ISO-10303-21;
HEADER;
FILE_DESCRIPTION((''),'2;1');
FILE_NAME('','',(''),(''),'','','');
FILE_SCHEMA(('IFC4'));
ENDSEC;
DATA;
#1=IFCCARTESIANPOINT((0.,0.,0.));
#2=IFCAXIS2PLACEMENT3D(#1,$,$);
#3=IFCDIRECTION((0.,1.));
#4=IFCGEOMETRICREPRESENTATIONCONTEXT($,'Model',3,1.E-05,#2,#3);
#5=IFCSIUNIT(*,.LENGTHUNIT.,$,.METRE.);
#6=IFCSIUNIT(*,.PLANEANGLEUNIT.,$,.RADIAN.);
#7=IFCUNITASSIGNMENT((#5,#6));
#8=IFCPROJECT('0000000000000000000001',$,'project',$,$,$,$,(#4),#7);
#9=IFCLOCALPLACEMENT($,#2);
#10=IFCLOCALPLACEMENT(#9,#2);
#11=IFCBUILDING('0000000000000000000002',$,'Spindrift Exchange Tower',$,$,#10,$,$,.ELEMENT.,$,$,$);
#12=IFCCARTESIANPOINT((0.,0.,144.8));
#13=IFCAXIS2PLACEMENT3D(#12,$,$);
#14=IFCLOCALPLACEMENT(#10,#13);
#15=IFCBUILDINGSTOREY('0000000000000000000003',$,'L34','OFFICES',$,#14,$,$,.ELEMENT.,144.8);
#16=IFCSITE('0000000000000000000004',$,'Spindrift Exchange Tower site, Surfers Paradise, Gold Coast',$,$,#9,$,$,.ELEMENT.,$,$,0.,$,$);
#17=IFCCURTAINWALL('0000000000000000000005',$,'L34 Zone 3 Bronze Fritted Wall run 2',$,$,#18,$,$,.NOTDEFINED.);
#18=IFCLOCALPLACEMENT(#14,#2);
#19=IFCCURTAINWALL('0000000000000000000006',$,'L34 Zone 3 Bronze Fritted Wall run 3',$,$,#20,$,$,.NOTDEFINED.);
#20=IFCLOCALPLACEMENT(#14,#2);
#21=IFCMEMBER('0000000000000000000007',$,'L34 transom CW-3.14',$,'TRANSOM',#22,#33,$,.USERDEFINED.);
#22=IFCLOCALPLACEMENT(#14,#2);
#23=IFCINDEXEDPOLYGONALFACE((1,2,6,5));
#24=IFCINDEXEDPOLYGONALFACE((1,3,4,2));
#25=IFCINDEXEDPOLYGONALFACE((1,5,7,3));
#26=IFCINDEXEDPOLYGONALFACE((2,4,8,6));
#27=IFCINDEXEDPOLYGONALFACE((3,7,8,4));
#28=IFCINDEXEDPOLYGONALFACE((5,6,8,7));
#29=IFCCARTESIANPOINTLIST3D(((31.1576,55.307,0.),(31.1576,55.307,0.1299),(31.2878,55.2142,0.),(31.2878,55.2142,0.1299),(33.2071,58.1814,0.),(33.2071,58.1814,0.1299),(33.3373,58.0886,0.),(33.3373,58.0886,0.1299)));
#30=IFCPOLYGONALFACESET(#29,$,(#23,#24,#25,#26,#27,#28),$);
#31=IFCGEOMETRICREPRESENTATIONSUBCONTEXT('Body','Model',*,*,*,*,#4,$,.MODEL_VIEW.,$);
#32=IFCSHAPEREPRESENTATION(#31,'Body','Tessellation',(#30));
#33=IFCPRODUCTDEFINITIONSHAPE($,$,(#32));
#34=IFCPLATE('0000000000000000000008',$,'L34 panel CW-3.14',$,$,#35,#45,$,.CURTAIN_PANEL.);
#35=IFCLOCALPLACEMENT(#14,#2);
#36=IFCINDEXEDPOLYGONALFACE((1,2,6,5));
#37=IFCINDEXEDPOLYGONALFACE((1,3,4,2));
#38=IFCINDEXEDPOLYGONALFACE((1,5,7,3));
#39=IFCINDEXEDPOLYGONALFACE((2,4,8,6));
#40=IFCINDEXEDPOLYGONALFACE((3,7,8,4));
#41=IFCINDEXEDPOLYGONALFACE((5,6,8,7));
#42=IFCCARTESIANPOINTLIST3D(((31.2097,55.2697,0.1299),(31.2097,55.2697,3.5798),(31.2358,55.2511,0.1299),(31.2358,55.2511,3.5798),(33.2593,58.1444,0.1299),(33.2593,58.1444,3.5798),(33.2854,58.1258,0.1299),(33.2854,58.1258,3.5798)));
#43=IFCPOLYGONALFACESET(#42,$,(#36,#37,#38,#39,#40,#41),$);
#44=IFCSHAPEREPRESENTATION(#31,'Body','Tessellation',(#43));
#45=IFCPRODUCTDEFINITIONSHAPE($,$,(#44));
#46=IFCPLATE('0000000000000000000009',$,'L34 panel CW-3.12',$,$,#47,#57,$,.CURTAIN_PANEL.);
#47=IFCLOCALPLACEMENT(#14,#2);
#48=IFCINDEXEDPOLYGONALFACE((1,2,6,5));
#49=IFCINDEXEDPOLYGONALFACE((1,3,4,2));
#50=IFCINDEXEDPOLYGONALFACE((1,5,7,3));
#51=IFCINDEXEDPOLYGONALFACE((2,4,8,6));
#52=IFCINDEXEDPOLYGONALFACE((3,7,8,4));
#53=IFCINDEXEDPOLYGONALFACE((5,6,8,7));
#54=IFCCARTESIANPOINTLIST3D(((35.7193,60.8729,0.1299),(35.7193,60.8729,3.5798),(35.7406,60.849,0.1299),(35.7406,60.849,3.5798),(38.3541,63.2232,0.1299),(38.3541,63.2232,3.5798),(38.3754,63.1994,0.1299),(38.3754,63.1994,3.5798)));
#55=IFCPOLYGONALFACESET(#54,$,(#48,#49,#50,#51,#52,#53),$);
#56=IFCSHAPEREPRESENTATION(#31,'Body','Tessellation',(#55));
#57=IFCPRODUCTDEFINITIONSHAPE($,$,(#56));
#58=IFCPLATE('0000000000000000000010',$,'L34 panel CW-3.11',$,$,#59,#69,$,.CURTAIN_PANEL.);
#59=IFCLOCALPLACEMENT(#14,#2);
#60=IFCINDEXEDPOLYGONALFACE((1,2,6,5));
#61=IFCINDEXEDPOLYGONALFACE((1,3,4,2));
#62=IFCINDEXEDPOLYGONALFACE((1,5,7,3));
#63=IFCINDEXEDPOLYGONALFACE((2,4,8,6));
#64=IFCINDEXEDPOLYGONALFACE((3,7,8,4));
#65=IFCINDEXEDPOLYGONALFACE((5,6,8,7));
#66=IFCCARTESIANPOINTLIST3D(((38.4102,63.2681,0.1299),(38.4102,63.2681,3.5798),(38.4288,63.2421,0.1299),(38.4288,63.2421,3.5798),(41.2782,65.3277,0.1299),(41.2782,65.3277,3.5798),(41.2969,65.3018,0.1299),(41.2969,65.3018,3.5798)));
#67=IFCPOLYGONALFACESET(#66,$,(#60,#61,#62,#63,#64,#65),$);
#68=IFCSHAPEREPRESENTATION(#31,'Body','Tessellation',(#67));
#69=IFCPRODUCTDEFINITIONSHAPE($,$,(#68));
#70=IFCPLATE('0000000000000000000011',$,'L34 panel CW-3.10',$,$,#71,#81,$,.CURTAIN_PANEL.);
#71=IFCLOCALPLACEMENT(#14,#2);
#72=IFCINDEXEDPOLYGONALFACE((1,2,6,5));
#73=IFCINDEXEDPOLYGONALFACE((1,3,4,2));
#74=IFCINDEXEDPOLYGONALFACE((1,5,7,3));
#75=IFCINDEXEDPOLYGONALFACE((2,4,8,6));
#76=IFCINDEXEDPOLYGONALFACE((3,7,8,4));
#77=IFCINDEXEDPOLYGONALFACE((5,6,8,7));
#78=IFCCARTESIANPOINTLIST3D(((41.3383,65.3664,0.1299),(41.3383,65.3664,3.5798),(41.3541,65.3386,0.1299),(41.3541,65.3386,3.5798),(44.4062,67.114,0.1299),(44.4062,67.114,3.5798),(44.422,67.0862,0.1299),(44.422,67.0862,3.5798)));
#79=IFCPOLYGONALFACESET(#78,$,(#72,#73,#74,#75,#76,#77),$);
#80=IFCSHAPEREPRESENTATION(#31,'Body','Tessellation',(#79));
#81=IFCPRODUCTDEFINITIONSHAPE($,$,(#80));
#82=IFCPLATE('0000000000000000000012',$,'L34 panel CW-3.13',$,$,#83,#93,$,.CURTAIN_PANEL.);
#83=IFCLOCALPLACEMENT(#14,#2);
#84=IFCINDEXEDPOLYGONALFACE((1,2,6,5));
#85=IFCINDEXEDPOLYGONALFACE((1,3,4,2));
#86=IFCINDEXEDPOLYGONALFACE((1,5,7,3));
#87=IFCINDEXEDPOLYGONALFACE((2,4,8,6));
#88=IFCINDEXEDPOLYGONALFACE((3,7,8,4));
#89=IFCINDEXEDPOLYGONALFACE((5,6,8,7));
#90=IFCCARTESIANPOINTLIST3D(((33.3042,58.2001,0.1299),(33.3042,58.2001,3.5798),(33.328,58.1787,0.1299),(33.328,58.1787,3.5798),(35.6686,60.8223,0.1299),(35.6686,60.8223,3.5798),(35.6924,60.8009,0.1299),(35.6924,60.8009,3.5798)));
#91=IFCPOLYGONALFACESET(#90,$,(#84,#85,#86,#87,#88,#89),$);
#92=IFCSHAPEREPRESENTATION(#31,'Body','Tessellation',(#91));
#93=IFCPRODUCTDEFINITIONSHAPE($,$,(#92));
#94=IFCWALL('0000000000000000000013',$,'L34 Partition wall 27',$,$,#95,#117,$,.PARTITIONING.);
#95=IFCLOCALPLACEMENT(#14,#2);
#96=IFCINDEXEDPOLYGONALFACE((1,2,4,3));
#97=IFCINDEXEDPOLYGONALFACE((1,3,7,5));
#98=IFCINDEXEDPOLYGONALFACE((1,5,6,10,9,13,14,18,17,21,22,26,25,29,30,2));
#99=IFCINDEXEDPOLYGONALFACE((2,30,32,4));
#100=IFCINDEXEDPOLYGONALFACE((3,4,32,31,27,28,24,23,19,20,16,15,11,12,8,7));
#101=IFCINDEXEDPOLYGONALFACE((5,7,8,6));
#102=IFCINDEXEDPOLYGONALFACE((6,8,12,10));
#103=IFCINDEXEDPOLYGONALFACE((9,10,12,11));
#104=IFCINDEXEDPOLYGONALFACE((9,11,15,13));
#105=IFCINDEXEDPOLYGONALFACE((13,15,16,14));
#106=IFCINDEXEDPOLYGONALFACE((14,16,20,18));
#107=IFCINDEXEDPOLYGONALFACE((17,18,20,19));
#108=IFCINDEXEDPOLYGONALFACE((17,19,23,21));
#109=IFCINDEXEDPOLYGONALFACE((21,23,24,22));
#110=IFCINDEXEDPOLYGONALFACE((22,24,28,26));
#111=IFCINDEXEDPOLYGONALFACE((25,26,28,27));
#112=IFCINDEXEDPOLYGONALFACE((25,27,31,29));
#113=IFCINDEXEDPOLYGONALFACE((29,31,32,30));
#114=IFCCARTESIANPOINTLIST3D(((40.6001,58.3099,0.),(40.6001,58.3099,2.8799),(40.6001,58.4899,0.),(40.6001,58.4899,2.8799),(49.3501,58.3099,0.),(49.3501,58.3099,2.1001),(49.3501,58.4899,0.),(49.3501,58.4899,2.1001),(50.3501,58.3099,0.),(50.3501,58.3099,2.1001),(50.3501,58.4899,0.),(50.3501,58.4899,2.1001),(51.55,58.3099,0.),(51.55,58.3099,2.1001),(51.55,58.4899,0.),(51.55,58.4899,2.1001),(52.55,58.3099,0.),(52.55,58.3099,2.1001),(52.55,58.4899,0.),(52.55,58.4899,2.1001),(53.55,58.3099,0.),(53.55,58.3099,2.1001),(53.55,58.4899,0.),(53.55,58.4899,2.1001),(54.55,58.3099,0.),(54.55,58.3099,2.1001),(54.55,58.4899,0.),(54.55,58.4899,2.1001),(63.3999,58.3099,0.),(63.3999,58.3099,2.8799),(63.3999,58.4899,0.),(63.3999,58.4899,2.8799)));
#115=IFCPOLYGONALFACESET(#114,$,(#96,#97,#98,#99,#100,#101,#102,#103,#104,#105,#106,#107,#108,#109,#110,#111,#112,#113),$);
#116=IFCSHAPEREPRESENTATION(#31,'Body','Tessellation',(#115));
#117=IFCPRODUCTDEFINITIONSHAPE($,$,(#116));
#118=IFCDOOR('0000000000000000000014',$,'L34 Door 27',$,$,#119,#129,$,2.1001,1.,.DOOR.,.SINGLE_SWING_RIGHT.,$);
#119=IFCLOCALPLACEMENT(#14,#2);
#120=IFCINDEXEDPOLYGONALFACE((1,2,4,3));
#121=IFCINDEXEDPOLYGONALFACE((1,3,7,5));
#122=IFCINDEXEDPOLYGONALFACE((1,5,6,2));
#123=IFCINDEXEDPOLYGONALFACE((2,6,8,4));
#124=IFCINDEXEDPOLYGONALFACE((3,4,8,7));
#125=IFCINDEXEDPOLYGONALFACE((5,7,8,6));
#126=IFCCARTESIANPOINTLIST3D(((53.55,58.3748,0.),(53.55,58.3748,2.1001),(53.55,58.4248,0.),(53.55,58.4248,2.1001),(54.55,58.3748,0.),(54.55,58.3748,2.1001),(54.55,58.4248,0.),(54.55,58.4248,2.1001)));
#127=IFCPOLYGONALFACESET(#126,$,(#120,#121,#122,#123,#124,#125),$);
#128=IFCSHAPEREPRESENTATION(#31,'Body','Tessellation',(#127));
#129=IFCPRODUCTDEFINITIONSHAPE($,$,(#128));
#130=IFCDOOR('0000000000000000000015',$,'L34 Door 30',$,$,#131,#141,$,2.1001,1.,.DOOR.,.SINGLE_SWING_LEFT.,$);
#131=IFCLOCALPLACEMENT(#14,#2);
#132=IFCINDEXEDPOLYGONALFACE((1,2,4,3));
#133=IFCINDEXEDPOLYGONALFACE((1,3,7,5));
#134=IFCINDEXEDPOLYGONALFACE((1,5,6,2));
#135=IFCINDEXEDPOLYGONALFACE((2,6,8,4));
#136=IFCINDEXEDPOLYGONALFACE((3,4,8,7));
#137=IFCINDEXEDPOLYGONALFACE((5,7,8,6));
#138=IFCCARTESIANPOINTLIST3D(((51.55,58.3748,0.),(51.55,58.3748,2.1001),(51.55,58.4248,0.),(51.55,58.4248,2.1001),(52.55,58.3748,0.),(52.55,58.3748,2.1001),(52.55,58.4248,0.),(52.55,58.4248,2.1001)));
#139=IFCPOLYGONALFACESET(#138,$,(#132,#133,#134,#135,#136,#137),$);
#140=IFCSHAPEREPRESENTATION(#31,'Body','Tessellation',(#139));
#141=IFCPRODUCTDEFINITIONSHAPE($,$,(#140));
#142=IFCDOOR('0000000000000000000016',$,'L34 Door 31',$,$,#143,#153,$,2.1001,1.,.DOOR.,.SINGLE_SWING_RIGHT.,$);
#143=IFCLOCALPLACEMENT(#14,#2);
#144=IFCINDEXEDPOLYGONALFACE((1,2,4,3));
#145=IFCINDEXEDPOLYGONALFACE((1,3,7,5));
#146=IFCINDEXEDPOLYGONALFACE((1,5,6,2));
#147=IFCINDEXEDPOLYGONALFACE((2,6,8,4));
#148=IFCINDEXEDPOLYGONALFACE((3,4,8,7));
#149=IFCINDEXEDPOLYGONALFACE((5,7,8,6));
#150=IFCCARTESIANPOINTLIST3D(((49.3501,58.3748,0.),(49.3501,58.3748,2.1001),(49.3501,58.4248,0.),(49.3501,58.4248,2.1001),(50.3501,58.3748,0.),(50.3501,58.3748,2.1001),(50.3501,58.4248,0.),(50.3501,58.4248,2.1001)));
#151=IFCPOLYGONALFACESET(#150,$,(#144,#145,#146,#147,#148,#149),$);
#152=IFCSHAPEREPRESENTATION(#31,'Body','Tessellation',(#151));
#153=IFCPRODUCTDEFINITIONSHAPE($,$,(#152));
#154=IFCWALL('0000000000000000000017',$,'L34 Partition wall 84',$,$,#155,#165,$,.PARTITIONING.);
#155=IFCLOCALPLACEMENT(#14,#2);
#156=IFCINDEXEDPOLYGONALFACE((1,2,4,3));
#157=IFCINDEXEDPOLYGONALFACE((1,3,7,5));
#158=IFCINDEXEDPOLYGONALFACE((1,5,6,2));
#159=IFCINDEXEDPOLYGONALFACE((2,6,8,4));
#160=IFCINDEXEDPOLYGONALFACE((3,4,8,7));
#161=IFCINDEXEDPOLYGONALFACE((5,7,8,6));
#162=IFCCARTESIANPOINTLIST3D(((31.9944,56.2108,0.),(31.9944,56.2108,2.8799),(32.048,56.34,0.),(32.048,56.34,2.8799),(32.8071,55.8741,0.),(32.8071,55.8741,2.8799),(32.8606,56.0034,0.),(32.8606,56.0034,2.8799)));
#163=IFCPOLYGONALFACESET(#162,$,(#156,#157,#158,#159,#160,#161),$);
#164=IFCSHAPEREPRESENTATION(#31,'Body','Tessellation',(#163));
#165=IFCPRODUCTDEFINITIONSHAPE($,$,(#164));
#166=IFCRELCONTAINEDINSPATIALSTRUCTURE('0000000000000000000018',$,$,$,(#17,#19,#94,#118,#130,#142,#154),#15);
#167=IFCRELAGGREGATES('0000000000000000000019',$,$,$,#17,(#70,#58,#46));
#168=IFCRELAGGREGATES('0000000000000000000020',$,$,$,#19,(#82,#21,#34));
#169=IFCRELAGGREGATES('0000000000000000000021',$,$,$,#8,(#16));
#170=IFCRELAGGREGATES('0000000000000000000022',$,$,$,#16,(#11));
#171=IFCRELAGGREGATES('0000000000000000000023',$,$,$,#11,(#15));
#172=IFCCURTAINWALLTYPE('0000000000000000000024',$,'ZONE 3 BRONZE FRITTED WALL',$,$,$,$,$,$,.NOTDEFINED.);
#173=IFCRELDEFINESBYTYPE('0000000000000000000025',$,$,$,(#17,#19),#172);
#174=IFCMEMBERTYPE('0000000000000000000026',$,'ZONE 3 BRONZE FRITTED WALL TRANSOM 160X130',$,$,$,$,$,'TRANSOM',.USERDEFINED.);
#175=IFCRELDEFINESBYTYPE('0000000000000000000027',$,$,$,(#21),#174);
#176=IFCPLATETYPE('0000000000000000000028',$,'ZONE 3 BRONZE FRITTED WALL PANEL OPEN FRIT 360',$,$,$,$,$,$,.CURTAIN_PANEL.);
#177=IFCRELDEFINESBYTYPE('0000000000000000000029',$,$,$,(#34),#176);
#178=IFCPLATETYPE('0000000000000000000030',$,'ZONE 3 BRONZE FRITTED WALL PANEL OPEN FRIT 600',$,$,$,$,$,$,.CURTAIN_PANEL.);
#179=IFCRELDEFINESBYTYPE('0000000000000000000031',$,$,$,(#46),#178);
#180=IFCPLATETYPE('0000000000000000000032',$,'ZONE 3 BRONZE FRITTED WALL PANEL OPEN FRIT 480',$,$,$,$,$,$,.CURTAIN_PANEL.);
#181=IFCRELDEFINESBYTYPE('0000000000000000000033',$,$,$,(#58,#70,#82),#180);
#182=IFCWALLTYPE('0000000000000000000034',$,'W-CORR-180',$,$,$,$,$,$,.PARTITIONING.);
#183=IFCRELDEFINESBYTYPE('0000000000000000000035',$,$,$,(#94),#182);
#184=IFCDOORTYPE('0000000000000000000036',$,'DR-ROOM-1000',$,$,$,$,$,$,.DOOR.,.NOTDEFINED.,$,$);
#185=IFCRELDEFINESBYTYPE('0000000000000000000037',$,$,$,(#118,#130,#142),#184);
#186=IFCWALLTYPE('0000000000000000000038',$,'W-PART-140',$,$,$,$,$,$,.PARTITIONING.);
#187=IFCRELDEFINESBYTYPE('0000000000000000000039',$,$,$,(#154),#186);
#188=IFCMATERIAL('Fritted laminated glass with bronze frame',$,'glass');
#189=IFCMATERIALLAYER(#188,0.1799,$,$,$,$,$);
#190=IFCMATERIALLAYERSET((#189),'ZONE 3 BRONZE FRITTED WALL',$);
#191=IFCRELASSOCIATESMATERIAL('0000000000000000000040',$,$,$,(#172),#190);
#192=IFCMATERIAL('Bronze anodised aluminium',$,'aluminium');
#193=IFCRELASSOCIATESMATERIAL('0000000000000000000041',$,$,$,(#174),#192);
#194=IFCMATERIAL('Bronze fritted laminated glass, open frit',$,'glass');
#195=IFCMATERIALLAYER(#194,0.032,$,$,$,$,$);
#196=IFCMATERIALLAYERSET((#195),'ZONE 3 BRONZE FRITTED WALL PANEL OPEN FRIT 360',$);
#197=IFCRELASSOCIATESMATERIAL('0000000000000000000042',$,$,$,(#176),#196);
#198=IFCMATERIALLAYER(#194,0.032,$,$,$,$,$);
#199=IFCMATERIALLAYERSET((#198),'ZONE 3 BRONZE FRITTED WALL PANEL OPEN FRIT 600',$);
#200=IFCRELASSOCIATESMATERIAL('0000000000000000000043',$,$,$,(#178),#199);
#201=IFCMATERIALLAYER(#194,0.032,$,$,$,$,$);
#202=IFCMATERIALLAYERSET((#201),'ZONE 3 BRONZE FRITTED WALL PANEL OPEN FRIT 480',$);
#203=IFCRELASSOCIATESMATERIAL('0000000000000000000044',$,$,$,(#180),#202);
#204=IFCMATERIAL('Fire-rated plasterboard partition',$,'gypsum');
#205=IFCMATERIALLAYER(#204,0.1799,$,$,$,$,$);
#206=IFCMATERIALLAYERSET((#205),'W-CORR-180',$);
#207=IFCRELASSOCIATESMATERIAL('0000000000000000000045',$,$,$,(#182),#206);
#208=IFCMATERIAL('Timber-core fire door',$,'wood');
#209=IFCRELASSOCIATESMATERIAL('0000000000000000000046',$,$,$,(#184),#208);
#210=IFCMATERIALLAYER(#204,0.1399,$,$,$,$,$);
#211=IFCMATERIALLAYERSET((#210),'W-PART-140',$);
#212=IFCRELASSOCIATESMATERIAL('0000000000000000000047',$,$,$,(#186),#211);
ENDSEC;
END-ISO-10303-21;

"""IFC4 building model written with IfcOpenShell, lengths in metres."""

from ifc_helpers import new_model, si_unit, direction, frame, frame_2d, origin, origin_2d, place, context, subcontext, project, spatial, rectangle, extrude, source, transform, mapped, material, layer, layer_set, material_profile, profile_set, type_object, element, fill, aggregate, save


model = new_model("IFC4")

# Units and contexts
model_context = context("Model", 3, precision=1e-05, world=origin(), true_north=direction((0.0, 1.0)))
body_context = subcontext(model_context, "Body", "Model", "MODEL_VIEW")
ifc_project = project(units=[si_unit("LENGTHUNIT", "METRE"), si_unit("PLANEANGLEUNIT", "RADIAN")], contexts=[model_context])

# Site, building, storey
site_placement = place(None, origin())
site = spatial("IfcSite", under=ifc_project, at=site_placement, Name="Spindrift Exchange Tower site, Surfers Paradise, Gold Coast", CompositionType="ELEMENT", RefElevation=0.0)
building_placement = place(site_placement, origin())
building = spatial("IfcBuilding", under=site, at=building_placement, Name="Spindrift Exchange Tower", CompositionType="ELEMENT")
storey_placement = place(building_placement, frame((0.0, 0.0, 144.8)))
storey = spatial("IfcBuildingStorey", under=building, at=storey_placement, Name="L34", Description="OFFICES", CompositionType="ELEMENT", Elevation=144.8)

# Curtain walls
ifc_material_1 = material(Name="Fritted laminated glass with bronze frame", Category="glass")
ifc_layer_1 = layer(ifc_material_1, 0.1799)
ifc_layer_set_1 = layer_set([ifc_layer_1], Name="ZONE 3 BRONZE FRITTED WALL")
curtain_wall_type = type_object("IfcCurtainWallType", Name="ZONE 3 BRONZE FRITTED WALL", PredefinedType="NOTDEFINED", material=ifc_layer_set_1)
curtain_wall_1_placement = place(storey_placement, origin())
curtain_wall_1 = element("IfcCurtainWall", 1, at=curtain_wall_1_placement, inside=storey, type_object=curtain_wall_type, Name="L34 Zone 3 Bronze Fritted Wall run 2", PredefinedType="NOTDEFINED")
ifc_material_2 = material(Name="Bronze anodised aluminium", Category="aluminium")
curtain_wall_2_placement = place(storey_placement, origin())
curtain_wall_2 = element("IfcCurtainWall", 2, at=curtain_wall_2_placement, inside=storey, type_object=curtain_wall_type, Name="L34 Zone 3 Bronze Fritted Wall run 3", PredefinedType="NOTDEFINED")

# Member
ifc_material_profile_1 = material_profile(ifc_material_2, rectangle(XDim=0.1599, YDim=0.1299, at=origin_2d()), Name="ZONE 3 BRONZE FRITTED WALL TRANSOM 160X130")
ifc_profile_set_1 = profile_set([ifc_material_profile_1], Name="Bronze anodised aluminium")
member_type_1 = type_object("IfcMemberType", Name="ZONE 3 BRONZE FRITTED WALL TRANSOM 160X130", ElementType="TRANSOM", PredefinedType="USERDEFINED", material=ifc_profile_set_1)
shared_shape_1 = source(origin(), body_context, "Body", "SweptSolid", [
    extrude(rectangle(XDim=0.1599, YDim=0.1299, at=origin_2d()), origin(), (0.0, 0.0, 1.0), 3.5303),
])
member_1_placement = place(storey_placement, frame((33.2722, 58.135, 0.0649), z_axis=(-0.580551, -0.814224, 0.0), x_axis=(0.814224, -0.580551, 0.0)))
member_1 = element("IfcMember", 3, at=member_1_placement, type_object=member_type_1, Name="L34 transom CW-3.14", ObjectType="TRANSOM", PredefinedType="USERDEFINED", context=body_context, shape_type="MappedRepresentation", body=[
    mapped(shared_shape_1, transform((0.0, 0.0, 0.0), scale=1.0)),
])

# Plates
ifc_material_3 = material(Name="Bronze fritted laminated glass, open frit", Category="glass")
ifc_layer_2 = layer(ifc_material_3, 0.032)
ifc_layer_set_2 = layer_set([ifc_layer_2], Name="ZONE 3 BRONZE FRITTED WALL PANEL OPEN FRIT 360")
plate_type_1 = type_object("IfcPlateType", Name="ZONE 3 BRONZE FRITTED WALL PANEL OPEN FRIT 360", PredefinedType="CURTAIN_PANEL", material=ifc_layer_set_2)
shared_shape_2 = source(origin(), body_context, "Body", "SweptSolid", [
    extrude(rectangle(XDim=3.5305, YDim=0.032, at=origin_2d()), origin(), (0.0, 0.0, 1.0), 3.45),
])
plate_1_placement = place(storey_placement, frame((32.2476, 56.6978, 0.1299), z_axis=(0.0, 0.0, 1.0), x_axis=(-0.58054, -0.814232, 0.0)))
plate_1 = element("IfcPlate", 4, at=plate_1_placement, type_object=plate_type_1, Name="L34 panel CW-3.14", PredefinedType="CURTAIN_PANEL", context=body_context, shape_type="MappedRepresentation", body=[
    mapped(shared_shape_2, transform((0.0, 0.0, 0.0), scale=1.0)),
])
ifc_layer_3 = layer(ifc_material_3, 0.032)
ifc_layer_set_3 = layer_set([ifc_layer_3], Name="ZONE 3 BRONZE FRITTED WALL PANEL OPEN FRIT 600")
plate_type_2 = type_object("IfcPlateType", Name="ZONE 3 BRONZE FRITTED WALL PANEL OPEN FRIT 600", PredefinedType="CURTAIN_PANEL", material=ifc_layer_set_3)
shared_shape_3 = source(origin(), body_context, "Body", "SweptSolid", [
    extrude(rectangle(XDim=3.5308, YDim=0.032, at=origin_2d()), origin(), (0.0, 0.0, 1.0), 3.45),
])
plate_2_placement = place(storey_placement, frame((37.0474, 62.0361, 0.1299), z_axis=(0.0, 0.0, 1.0), x_axis=(-0.746241, -0.665676, 0.0)))
plate_2 = element("IfcPlate", 5, at=plate_2_placement, type_object=plate_type_2, Name="L34 panel CW-3.12", PredefinedType="CURTAIN_PANEL", context=body_context, shape_type="MappedRepresentation", body=[
    mapped(shared_shape_3, transform((0.0, 0.0, 0.0), scale=1.0)),
])
ifc_layer_4 = layer(ifc_material_3, 0.032)
ifc_layer_set_4 = layer_set([ifc_layer_4], Name="ZONE 3 BRONZE FRITTED WALL PANEL OPEN FRIT 480")
plate_type_3 = type_object("IfcPlateType", Name="ZONE 3 BRONZE FRITTED WALL PANEL OPEN FRIT 480", PredefinedType="CURTAIN_PANEL", material=ifc_layer_set_4)
shared_shape_4 = source(origin(), body_context, "Body", "SweptSolid", [
    extrude(rectangle(XDim=3.531, YDim=0.032, at=origin_2d()), origin(), (0.0, 0.0, 1.0), 3.45),
])
plate_3_placement = place(storey_placement, frame((39.8535, 64.2849, 0.1299), z_axis=(0.0, 0.0, 1.0), x_axis=(-0.812248, -0.583312, 0.0)))
plate_3 = element("IfcPlate", 6, at=plate_3_placement, type_object=plate_type_3, Name="L34 panel CW-3.11", PredefinedType="CURTAIN_PANEL", context=body_context, shape_type="MappedRepresentation", body=[
    mapped(shared_shape_4, transform((0.0, 0.0, 0.0), scale=1.0)),
])
shared_shape_5 = source(origin(), body_context, "Body", "SweptSolid", [
    extrude(rectangle(XDim=3.5308, YDim=0.032, at=origin_2d()), origin(), (0.0, 0.0, 1.0), 3.45),
])
plate_4_placement = place(storey_placement, frame((42.8801, 66.2263, 0.1299), z_axis=(0.0, 0.0, 1.0), x_axis=(-0.868911, -0.494969, 0.0)))
plate_4 = element("IfcPlate", 7, at=plate_4_placement, type_object=plate_type_3, Name="L34 panel CW-3.10", PredefinedType="CURTAIN_PANEL", context=body_context, shape_type="MappedRepresentation", body=[
    mapped(shared_shape_5, transform((0.0, 0.0, 0.0), scale=1.0)),
])
aggregate(curtain_wall_1, [plate_4, plate_3, plate_2])
plate_5_placement = place(storey_placement, frame((34.4983, 59.5005, 0.1299), z_axis=(0.0, 0.0, 1.0), x_axis=(-0.669657, -0.74267, 0.0)))
plate_5 = element("IfcPlate", 8, at=plate_5_placement, type_object=plate_type_3, Name="L34 panel CW-3.13", PredefinedType="CURTAIN_PANEL", context=body_context, shape_type="MappedRepresentation", body=[
    mapped(shared_shape_5, transform((0.0, 0.0, 0.0), scale=1.0)),
])
aggregate(curtain_wall_2, [plate_5, member_1, plate_1])

# Wall, openings, doors
ifc_material_4 = material(Name="Fire-rated plasterboard partition", Category="gypsum")
ifc_layer_5 = layer(ifc_material_4, 0.1799)
ifc_layer_set_5 = layer_set([ifc_layer_5], Name="W-CORR-180")
wall_type_1 = type_object("IfcWallType", Name="W-CORR-180", PredefinedType="PARTITIONING", material=ifc_layer_set_5)
wall_1_placement = place(storey_placement, frame((40.6001, 58.3999, 0.0), z_axis=(0.0, 0.0, 1.0), x_axis=(1.0, 0.0, 0.0)))
wall_1 = element("IfcWall", 9, at=wall_1_placement, inside=storey, type_object=wall_type_1, Name="L34 Partition wall 27", PredefinedType="PARTITIONING", context=body_context, shape_type="SweptSolid", body=[
    extrude(rectangle(XDim=22.7998, YDim=0.1799, at=frame_2d((11.3999, 0.0))), origin(), (0.0, 0.0, 1.0), 2.8799),
])
opening_1_placement = place(wall_1_placement, frame((12.95, 0.0, 0.0)))
opening_1 = element("IfcOpeningElement", 10, at=opening_1_placement, cuts=wall_1, PredefinedType="OPENING", context=body_context, shape_type="SweptSolid", body=[
    extrude(rectangle(XDim=1.0, YDim=2.1001, at=frame_2d((0.5, 1.05))), frame((0.0, 0.0999, 0.0), z_axis=(0.0, -1.0, 0.0), x_axis=(1.0, 0.0, 0.0)), (0.0, 0.0, 1.0), 0.2),
])
opening_2_placement = place(wall_1_placement, frame((10.95, 0.0, 0.0)))
opening_2 = element("IfcOpeningElement", 11, at=opening_2_placement, cuts=wall_1, PredefinedType="OPENING", context=body_context, shape_type="SweptSolid", body=[
    extrude(rectangle(XDim=1.0, YDim=2.1001, at=frame_2d((0.5, 1.05))), frame((0.0, 0.0999, 0.0), z_axis=(0.0, -1.0, 0.0), x_axis=(1.0, 0.0, 0.0)), (0.0, 0.0, 1.0), 0.2),
])
opening_3_placement = place(wall_1_placement, frame((8.75, 0.0, 0.0)))
opening_3 = element("IfcOpeningElement", 12, at=opening_3_placement, cuts=wall_1, PredefinedType="OPENING", context=body_context, shape_type="SweptSolid", body=[
    extrude(rectangle(XDim=1.0, YDim=2.1001, at=frame_2d((0.5, 1.05))), frame((0.0, 0.0999, 0.0), z_axis=(0.0, -1.0, 0.0), x_axis=(1.0, 0.0, 0.0)), (0.0, 0.0, 1.0), 0.2),
])
ifc_material_5 = material(Name="Timber-core fire door", Category="wood")
door_type = type_object("IfcDoorType", Name="DR-ROOM-1000", OperationType="NOTDEFINED", PredefinedType="DOOR", material=ifc_material_5)
shared_shape_6 = source(origin(), body_context, "Body", "SweptSolid", [
    extrude(rectangle(XDim=1.0, YDim=2.1001, at=frame_2d((0.5, 1.05))), frame((0.0, 0.0249, 0.0), z_axis=(0.0, -1.0, 0.0), x_axis=(1.0, 0.0, 0.0)), (0.0, 0.0, 1.0), 0.05),
])
door_1_placement = place(opening_1_placement, origin())
door_1 = element("IfcDoor", 13, at=door_1_placement, inside=storey, type_object=door_type, Name="L34 Door 27", OperationType="SINGLE_SWING_RIGHT", OverallHeight=2.1001, OverallWidth=1.0, PredefinedType="DOOR", context=body_context, shape_type="MappedRepresentation", body=[
    mapped(shared_shape_6, transform((0.0, 0.0, 0.0), scale=1.0)),
])
fill(opening_1, door_1)
door_2_placement = place(opening_2_placement, origin())
door_2 = element("IfcDoor", 14, at=door_2_placement, inside=storey, type_object=door_type, Name="L34 Door 30", OperationType="SINGLE_SWING_LEFT", OverallHeight=2.1001, OverallWidth=1.0, PredefinedType="DOOR", context=body_context, shape_type="MappedRepresentation", body=[
    mapped(shared_shape_6, transform((0.0, 0.0, 0.0), scale=1.0)),
])
fill(opening_2, door_2)
door_3_placement = place(opening_3_placement, origin())
door_3 = element("IfcDoor", 15, at=door_3_placement, inside=storey, type_object=door_type, Name="L34 Door 31", OperationType="SINGLE_SWING_RIGHT", OverallHeight=2.1001, OverallWidth=1.0, PredefinedType="DOOR", context=body_context, shape_type="MappedRepresentation", body=[
    mapped(shared_shape_6, transform((0.0, 0.0, 0.0), scale=1.0)),
])
fill(opening_3, door_3)

# Wall
ifc_layer_6 = layer(ifc_material_4, 0.1399)
ifc_layer_set_6 = layer_set([ifc_layer_6], Name="W-PART-140")
wall_type_2 = type_object("IfcWallType", Name="W-PART-140", PredefinedType="PARTITIONING", material=ifc_layer_set_6)
wall_2_placement = place(storey_placement, frame((32.834, 55.9387, 0.0), z_axis=(0.0, 0.0, 1.0), x_axis=(-0.923871, 0.382703, 0.0)))
element("IfcWall", 16, at=wall_2_placement, inside=storey, type_object=wall_type_2, Name="L34 Partition wall 84", PredefinedType="PARTITIONING", context=body_context, shape_type="SweptSolid", body=[
    extrude(rectangle(XDim=0.8796, YDim=0.1399, at=frame_2d((0.4399, 0.0))), origin(), (0.0, 0.0, 1.0), 2.8799),
])

save(model, "model.ifc")
